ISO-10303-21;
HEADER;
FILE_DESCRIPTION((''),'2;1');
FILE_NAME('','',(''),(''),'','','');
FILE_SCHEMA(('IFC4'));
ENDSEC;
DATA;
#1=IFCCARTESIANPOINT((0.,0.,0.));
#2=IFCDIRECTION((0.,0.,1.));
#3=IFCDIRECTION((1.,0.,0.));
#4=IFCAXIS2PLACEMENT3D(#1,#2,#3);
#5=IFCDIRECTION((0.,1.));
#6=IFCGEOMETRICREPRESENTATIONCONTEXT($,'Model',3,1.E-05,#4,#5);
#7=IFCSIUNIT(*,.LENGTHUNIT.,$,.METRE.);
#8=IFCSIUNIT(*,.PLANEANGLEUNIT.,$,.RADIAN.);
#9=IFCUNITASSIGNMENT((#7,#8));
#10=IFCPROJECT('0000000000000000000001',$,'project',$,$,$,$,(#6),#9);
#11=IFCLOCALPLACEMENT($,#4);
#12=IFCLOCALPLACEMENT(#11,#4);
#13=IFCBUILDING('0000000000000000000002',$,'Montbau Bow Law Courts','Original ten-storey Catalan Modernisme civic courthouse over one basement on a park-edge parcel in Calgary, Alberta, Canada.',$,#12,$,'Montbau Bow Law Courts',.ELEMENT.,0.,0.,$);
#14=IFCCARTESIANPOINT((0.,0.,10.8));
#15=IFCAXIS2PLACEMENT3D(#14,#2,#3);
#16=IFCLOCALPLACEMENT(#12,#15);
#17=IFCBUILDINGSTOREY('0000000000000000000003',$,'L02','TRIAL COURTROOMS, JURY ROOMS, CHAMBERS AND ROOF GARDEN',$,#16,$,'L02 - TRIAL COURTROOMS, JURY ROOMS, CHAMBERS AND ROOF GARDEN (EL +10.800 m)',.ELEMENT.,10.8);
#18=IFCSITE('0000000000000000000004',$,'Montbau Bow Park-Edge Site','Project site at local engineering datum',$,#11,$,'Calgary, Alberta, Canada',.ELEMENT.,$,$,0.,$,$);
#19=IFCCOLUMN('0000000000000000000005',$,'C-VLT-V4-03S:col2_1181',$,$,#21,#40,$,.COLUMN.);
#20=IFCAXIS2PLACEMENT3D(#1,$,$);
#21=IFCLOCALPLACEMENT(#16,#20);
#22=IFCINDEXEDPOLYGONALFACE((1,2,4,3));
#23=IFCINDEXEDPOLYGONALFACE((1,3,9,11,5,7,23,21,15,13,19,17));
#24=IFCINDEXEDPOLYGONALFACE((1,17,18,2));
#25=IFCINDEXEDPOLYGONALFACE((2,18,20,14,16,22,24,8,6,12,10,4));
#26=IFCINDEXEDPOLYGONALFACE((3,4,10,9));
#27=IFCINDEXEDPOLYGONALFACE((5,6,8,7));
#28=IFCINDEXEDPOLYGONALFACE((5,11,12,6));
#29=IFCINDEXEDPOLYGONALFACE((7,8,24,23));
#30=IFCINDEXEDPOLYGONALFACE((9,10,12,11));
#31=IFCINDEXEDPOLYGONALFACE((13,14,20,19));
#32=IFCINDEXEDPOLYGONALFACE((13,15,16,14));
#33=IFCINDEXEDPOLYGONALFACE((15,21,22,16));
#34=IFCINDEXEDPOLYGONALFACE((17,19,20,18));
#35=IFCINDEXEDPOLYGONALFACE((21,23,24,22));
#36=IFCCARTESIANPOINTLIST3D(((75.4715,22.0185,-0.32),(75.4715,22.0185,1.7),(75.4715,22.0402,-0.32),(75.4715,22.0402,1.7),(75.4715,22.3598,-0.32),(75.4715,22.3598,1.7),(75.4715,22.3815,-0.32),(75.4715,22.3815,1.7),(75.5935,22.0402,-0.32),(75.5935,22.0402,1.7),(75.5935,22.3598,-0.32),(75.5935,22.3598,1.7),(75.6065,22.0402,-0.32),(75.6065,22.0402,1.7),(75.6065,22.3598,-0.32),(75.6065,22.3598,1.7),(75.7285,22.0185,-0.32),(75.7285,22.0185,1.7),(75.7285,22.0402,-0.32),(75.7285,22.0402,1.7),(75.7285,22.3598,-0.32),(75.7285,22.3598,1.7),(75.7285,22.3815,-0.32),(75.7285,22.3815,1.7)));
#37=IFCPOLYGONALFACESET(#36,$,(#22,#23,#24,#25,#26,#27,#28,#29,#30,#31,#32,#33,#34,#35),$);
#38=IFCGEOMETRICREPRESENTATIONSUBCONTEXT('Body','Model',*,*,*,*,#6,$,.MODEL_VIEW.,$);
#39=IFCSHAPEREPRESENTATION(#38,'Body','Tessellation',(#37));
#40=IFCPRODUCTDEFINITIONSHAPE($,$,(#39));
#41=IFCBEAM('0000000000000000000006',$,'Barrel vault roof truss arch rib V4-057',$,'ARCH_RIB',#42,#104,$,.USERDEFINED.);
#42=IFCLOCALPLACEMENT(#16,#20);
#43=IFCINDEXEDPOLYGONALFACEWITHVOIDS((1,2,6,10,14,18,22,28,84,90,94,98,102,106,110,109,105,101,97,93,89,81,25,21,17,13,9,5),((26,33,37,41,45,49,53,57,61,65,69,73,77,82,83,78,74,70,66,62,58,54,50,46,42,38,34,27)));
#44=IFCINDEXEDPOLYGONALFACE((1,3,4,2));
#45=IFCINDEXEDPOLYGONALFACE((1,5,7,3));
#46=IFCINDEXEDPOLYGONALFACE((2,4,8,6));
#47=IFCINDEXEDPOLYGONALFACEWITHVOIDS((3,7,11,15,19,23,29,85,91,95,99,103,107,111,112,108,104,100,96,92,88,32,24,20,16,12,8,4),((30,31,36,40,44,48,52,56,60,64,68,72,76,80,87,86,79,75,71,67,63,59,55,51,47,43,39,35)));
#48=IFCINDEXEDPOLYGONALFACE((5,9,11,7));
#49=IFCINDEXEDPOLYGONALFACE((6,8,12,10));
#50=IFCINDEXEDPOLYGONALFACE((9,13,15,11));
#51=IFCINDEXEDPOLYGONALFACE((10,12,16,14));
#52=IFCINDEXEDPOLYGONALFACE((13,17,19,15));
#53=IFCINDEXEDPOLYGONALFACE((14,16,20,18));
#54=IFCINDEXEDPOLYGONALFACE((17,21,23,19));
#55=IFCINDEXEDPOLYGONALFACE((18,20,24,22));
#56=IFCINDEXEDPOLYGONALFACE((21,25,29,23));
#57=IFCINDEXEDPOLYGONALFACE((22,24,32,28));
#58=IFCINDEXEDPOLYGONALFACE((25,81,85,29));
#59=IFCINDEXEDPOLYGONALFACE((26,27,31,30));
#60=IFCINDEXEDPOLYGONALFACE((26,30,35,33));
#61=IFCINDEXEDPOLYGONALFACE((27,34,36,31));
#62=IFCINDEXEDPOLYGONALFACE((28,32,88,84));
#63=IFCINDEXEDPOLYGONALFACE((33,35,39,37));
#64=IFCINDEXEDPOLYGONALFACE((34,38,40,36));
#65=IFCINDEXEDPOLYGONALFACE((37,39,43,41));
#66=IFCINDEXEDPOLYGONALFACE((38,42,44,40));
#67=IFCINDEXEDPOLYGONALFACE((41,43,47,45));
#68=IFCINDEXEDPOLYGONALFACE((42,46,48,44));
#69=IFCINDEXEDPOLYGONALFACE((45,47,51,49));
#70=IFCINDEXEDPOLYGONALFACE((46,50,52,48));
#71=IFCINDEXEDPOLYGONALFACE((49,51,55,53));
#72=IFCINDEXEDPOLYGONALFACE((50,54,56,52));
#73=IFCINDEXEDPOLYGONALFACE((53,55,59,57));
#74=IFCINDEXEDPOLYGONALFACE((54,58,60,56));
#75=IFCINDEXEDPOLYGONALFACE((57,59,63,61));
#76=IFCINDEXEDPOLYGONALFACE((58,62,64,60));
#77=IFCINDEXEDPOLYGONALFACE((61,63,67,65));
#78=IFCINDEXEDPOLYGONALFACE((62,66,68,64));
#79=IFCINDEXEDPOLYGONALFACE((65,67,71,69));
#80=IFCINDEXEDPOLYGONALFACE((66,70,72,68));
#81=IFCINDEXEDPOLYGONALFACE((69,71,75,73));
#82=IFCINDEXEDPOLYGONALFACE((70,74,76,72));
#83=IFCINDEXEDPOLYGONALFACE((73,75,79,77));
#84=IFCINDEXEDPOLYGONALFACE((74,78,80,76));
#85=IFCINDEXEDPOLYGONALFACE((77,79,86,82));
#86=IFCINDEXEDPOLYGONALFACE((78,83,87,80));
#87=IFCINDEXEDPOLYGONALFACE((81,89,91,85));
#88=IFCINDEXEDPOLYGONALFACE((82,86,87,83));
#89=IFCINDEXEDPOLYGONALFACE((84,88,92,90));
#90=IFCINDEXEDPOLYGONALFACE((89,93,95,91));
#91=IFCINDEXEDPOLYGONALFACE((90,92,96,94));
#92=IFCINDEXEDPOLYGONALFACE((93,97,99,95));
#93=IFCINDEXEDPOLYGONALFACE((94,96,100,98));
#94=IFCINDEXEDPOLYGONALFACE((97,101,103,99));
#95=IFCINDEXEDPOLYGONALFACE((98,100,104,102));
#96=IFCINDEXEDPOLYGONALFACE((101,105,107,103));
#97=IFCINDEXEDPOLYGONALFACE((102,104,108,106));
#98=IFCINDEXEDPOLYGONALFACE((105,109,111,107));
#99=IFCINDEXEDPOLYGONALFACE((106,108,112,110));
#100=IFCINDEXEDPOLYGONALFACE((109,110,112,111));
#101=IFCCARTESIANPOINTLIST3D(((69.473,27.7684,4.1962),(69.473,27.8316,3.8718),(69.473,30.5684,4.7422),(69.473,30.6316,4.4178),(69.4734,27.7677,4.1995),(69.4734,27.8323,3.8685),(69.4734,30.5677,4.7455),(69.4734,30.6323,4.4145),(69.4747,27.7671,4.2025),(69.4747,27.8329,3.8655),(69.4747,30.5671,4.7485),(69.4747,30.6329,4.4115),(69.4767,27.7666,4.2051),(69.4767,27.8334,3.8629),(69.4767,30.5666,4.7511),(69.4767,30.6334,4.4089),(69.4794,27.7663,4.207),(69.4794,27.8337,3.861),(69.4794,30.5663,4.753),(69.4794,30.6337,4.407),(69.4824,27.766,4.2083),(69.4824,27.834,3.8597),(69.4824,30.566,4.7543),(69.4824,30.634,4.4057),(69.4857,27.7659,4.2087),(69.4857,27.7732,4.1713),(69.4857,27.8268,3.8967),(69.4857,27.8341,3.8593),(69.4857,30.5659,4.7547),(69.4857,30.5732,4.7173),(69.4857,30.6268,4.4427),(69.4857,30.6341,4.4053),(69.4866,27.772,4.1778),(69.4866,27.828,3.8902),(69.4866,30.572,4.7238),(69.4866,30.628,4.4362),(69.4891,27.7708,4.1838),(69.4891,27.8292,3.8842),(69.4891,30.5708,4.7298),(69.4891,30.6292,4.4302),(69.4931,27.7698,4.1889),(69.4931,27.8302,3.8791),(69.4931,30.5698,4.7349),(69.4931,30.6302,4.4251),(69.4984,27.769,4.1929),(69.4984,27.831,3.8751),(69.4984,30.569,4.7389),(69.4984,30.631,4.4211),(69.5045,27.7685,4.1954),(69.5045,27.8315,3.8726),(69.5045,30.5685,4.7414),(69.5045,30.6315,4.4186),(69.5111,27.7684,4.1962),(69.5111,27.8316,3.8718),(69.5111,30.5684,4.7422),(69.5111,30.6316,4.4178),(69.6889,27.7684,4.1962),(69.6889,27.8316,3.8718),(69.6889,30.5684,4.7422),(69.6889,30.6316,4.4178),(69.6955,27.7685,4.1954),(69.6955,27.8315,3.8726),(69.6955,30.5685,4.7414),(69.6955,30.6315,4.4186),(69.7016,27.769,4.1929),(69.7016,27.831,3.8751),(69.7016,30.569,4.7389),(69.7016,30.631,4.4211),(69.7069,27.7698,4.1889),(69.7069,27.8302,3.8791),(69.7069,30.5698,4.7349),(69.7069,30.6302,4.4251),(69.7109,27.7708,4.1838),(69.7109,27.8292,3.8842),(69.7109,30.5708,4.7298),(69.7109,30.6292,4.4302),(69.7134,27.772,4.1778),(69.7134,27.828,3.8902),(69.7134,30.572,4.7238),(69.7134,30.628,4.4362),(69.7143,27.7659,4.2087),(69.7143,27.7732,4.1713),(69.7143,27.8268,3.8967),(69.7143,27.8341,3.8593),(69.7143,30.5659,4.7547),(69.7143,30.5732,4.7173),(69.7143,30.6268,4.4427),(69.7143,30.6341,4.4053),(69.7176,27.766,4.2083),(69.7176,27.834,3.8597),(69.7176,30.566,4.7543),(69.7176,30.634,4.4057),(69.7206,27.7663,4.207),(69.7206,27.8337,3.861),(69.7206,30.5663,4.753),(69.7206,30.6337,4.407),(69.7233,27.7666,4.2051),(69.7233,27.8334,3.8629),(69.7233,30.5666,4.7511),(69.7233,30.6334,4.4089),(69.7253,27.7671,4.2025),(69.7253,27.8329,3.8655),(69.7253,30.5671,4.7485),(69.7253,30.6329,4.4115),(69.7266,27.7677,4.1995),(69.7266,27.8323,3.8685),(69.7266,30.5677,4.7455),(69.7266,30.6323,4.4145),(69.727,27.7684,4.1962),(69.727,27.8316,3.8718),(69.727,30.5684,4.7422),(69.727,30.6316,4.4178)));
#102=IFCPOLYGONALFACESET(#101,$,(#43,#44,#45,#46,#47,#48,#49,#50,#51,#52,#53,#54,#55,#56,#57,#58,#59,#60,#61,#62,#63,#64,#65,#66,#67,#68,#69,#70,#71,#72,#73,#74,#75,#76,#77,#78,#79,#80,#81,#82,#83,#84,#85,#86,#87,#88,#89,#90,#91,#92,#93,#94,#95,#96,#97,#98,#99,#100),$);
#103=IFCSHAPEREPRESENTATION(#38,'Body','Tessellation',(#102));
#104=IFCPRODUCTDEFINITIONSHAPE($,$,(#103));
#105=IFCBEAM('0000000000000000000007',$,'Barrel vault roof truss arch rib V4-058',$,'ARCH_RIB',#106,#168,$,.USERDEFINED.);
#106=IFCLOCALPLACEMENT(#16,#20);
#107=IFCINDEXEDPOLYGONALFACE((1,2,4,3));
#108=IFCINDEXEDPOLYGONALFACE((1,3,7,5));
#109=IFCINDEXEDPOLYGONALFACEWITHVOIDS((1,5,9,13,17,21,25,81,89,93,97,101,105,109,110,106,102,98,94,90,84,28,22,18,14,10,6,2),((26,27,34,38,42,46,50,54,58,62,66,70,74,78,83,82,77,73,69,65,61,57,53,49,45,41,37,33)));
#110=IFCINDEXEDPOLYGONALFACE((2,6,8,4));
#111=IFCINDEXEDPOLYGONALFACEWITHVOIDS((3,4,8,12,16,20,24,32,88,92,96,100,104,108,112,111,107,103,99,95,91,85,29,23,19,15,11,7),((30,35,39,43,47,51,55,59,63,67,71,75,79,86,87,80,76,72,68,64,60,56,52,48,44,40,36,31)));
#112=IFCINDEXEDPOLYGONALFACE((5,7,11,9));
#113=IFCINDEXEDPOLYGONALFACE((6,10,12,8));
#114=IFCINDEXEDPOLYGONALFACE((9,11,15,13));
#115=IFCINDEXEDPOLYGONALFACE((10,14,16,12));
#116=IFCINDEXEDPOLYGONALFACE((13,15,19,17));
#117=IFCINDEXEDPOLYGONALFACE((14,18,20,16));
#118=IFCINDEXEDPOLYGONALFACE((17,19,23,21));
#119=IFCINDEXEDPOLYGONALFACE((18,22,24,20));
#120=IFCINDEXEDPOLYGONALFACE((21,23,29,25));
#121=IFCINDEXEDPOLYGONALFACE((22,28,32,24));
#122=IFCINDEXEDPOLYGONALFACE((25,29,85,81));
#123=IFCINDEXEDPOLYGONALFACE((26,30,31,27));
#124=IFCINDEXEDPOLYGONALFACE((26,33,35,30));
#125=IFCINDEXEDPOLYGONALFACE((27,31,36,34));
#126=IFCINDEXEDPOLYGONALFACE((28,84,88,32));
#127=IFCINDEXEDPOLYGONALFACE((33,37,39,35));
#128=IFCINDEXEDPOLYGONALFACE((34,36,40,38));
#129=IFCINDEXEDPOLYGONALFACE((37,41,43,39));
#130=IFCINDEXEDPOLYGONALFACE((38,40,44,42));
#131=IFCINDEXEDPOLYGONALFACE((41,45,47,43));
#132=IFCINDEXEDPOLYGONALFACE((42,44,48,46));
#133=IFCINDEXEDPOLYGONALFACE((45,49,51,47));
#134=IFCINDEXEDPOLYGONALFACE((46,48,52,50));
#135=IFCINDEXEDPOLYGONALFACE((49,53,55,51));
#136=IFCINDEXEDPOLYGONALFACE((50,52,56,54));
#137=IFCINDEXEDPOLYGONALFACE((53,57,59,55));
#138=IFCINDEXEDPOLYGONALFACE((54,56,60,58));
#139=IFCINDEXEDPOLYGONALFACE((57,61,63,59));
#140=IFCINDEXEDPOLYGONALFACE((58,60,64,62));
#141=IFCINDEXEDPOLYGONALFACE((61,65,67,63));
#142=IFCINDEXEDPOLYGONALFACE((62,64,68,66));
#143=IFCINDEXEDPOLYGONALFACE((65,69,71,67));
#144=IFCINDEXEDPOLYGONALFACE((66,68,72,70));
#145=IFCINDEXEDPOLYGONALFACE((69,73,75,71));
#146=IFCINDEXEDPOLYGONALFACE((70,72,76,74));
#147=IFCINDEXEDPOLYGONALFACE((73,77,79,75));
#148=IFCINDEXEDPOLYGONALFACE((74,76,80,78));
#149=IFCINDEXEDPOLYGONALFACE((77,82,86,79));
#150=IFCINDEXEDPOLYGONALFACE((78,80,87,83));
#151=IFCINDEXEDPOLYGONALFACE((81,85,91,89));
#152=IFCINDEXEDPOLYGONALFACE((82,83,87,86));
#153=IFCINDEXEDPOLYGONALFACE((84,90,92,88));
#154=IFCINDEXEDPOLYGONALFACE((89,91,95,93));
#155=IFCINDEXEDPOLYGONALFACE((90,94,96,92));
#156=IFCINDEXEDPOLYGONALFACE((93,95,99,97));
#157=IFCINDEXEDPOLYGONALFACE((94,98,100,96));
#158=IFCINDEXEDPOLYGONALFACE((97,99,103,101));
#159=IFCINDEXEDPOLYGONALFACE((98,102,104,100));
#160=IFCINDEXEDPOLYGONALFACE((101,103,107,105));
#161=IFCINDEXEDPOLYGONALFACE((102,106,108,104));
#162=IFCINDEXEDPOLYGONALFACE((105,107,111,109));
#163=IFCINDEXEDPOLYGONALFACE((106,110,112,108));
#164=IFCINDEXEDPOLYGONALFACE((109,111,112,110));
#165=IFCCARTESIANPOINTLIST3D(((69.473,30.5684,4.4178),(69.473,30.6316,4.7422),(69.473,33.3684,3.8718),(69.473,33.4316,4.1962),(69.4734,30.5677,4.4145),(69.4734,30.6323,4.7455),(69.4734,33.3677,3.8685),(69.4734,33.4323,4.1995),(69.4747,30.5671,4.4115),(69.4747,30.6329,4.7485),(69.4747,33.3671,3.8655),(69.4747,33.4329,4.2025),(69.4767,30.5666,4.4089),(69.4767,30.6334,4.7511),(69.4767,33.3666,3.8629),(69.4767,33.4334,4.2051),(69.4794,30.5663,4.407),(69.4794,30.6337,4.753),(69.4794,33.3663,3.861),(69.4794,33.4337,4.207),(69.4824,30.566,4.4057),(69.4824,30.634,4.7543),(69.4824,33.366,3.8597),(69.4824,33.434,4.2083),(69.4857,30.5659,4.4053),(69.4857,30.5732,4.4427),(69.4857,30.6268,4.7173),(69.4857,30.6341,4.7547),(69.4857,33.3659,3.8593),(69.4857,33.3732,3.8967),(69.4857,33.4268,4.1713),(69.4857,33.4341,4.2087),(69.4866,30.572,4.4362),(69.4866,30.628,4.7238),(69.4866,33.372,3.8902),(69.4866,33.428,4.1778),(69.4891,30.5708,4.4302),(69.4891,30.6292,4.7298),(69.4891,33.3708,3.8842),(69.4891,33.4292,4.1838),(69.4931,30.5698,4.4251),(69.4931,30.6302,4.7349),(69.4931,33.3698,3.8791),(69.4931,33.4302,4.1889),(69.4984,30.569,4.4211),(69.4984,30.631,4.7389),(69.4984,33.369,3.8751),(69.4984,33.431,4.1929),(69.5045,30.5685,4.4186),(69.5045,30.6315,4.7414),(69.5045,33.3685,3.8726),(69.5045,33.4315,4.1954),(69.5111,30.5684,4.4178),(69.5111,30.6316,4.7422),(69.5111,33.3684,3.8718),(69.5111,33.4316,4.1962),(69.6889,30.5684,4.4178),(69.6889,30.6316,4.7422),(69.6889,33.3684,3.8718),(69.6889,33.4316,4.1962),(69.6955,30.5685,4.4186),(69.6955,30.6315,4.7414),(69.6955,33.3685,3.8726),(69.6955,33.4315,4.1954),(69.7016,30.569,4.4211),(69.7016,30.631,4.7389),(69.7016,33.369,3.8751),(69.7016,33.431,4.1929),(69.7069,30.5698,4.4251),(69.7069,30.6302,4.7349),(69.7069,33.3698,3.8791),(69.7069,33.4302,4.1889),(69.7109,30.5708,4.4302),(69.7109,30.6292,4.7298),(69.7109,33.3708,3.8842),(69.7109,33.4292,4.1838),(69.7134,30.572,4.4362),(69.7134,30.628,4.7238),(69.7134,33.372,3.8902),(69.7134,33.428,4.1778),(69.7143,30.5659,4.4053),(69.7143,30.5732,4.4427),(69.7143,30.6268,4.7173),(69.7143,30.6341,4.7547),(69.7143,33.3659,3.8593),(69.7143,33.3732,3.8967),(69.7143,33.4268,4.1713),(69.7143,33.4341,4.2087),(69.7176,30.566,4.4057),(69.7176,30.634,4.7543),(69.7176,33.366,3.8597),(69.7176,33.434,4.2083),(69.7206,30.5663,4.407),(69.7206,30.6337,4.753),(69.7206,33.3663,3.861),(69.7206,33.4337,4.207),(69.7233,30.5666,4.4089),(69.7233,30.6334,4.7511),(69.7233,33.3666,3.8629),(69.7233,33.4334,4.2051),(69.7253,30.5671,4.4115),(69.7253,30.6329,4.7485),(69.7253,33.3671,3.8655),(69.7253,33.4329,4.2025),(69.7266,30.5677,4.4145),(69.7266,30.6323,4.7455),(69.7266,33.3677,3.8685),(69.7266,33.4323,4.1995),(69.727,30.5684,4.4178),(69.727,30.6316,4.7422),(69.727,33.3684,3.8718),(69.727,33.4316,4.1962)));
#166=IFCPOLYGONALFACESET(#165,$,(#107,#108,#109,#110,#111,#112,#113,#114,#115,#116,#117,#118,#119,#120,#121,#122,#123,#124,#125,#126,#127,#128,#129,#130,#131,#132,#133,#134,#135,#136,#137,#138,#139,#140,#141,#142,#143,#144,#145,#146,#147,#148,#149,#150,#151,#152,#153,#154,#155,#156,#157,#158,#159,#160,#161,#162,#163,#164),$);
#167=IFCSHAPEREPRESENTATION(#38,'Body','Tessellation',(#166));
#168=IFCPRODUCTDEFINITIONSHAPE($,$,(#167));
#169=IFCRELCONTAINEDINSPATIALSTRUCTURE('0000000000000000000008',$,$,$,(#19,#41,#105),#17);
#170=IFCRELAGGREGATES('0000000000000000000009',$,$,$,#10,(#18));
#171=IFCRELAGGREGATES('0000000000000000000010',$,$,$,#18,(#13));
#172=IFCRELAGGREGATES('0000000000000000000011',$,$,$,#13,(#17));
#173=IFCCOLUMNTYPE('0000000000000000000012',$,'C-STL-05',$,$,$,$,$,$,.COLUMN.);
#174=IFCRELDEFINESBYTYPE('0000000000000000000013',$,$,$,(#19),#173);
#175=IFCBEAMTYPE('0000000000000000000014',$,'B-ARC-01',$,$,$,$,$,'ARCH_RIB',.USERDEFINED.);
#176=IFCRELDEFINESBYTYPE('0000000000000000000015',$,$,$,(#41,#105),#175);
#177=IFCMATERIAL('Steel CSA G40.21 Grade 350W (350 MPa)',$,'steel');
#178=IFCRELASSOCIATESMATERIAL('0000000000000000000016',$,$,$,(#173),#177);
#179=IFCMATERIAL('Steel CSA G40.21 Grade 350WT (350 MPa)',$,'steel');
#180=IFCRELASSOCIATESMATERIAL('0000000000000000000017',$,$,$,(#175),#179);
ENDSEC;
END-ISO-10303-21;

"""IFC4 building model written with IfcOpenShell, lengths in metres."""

from ifc_helpers import new_model, si_unit, direction, frame, origin_with_axes, origin_2d_with_axis, place, context, subcontext, project, spatial, hollow_rectangle, i_section, extrude, material, material_profile, profile_set, type_object, element, save


model = new_model("IFC4")

# Units and contexts
model_context = context("Model", 3, precision=1e-05, world=origin_with_axes(), true_north=direction((0.0, 1.0)))
body_context = subcontext(model_context, "Body", "Model", "MODEL_VIEW")
ifc_project = project(units=[si_unit("LENGTHUNIT", "METRE"), si_unit("PLANEANGLEUNIT", "RADIAN")], contexts=[model_context])

# Site, building, storey
site_placement = place(None, origin_with_axes())
site = spatial("IfcSite", under=ifc_project, at=site_placement, Name="Montbau Bow Park-Edge Site", Description="Project site at local engineering datum", LongName="Calgary, Alberta, Canada", CompositionType="ELEMENT", RefElevation=0.0)
building_placement = place(site_placement, origin_with_axes())
building = spatial("IfcBuilding", under=site, at=building_placement, Name="Montbau Bow Law Courts", Description="Original ten-storey Catalan Modernisme civic courthouse over one basement on a park-edge parcel in Calgary, Alberta, Canada.", LongName="Montbau Bow Law Courts", CompositionType="ELEMENT", ElevationOfRefHeight=0.0, ElevationOfTerrain=0.0)
storey_placement = place(building_placement, frame((0.0, 0.0, 10.8), z_axis=(0.0, 0.0, 1.0), x_axis=(1.0, 0.0, 0.0)))
storey = spatial("IfcBuildingStorey", under=building, at=storey_placement, Name="L02", Description="TRIAL COURTROOMS, JURY ROOMS, CHAMBERS AND ROOF GARDEN", LongName="L02 - TRIAL COURTROOMS, JURY ROOMS, CHAMBERS AND ROOF GARDEN (EL +10.800 m)", CompositionType="ELEMENT", Elevation=10.8)

# Column
ifc_material_1 = material(Name="Steel CSA G40.21 Grade 350W (350 MPa)", Category="steel")
ifc_material_profile_1 = material_profile(ifc_material_1, i_section(OverallWidth=0.257, OverallDepth=0.363, WebThickness=0.013, FlangeThickness=0.0217, at=origin_2d_with_axis()), Name="W360X122", Category="Main", Priority=0)
ifc_profile_set_1 = profile_set([ifc_material_profile_1], Name="Steel CSA G40.21 Grade 350W (350 MPa)")
column_type = type_object("IfcColumnType", Name="C-STL-05", PredefinedType="COLUMN", material=ifc_profile_set_1)
column_placement = place(None, frame((75.6, 22.2, 10.48), z_axis=(0.0, 0.0, 1.0), x_axis=(1.0, 0.0, 0.0)))
element("IfcColumn", 1, at=column_placement, inside=storey, type_object=column_type, Name="C-VLT-V4-03S:col2_1181", PredefinedType="COLUMN", context=body_context, shape_type="SweptSolid", body=[
    extrude(i_section(OverallWidth=0.257, OverallDepth=0.363, WebThickness=0.013, FlangeThickness=0.0217, at=origin_2d_with_axis()), origin_with_axes(), (0.0, 0.0, 1.0), 2.02),
])

# Beams
ifc_material_2 = material(Name="Steel CSA G40.21 Grade 350WT (350 MPa)", Category="steel")
ifc_material_profile_2 = material_profile(ifc_material_2, hollow_rectangle(XDim=0.254, YDim=0.356, WallThickness=0.0127, InnerFilletRadius=0.0254, OuterFilletRadius=0.0127, at=origin_2d_with_axis()), Name="HSS356X254X13", Category="Main", Priority=0)
ifc_profile_set_2 = profile_set([ifc_material_profile_2], Name="Steel CSA G40.21 Grade 350WT (350 MPa)")
beam_type_1 = type_object("IfcBeamType", Name="B-ARC-01", ElementType="ARCH_RIB", PredefinedType="USERDEFINED", material=ifc_profile_set_2)
for number, where, z_axis, x_axis, name in (
    (2, (69.6, 27.8, 14.834), (0.0, 0.981513, 0.191395), (-1.0, 0.0, 0.0), "Barrel vault roof truss arch rib V4-057"),
    (3, (69.6, 30.6, 15.38), (0.0, 0.981513, -0.191395), (-1.0, 0.0, 0.0), "Barrel vault roof truss arch rib V4-058"),
):
    element("IfcBeam", number, at=place(None, frame(where, z_axis=z_axis, x_axis=x_axis)), inside=storey, type_object=beam_type_1, Name=name, ObjectType="ARCH_RIB", PredefinedType="USERDEFINED", context=body_context, shape_type="SweptSolid", body=[
        extrude(hollow_rectangle(XDim=0.254, YDim=0.356, WallThickness=0.0127, InnerFilletRadius=0.0254, OuterFilletRadius=0.0127, at=origin_2d_with_axis()), origin_with_axes(), (0.0, 0.0, 1.0), 2.8527),
    ])

save(model, "model.ifc")
